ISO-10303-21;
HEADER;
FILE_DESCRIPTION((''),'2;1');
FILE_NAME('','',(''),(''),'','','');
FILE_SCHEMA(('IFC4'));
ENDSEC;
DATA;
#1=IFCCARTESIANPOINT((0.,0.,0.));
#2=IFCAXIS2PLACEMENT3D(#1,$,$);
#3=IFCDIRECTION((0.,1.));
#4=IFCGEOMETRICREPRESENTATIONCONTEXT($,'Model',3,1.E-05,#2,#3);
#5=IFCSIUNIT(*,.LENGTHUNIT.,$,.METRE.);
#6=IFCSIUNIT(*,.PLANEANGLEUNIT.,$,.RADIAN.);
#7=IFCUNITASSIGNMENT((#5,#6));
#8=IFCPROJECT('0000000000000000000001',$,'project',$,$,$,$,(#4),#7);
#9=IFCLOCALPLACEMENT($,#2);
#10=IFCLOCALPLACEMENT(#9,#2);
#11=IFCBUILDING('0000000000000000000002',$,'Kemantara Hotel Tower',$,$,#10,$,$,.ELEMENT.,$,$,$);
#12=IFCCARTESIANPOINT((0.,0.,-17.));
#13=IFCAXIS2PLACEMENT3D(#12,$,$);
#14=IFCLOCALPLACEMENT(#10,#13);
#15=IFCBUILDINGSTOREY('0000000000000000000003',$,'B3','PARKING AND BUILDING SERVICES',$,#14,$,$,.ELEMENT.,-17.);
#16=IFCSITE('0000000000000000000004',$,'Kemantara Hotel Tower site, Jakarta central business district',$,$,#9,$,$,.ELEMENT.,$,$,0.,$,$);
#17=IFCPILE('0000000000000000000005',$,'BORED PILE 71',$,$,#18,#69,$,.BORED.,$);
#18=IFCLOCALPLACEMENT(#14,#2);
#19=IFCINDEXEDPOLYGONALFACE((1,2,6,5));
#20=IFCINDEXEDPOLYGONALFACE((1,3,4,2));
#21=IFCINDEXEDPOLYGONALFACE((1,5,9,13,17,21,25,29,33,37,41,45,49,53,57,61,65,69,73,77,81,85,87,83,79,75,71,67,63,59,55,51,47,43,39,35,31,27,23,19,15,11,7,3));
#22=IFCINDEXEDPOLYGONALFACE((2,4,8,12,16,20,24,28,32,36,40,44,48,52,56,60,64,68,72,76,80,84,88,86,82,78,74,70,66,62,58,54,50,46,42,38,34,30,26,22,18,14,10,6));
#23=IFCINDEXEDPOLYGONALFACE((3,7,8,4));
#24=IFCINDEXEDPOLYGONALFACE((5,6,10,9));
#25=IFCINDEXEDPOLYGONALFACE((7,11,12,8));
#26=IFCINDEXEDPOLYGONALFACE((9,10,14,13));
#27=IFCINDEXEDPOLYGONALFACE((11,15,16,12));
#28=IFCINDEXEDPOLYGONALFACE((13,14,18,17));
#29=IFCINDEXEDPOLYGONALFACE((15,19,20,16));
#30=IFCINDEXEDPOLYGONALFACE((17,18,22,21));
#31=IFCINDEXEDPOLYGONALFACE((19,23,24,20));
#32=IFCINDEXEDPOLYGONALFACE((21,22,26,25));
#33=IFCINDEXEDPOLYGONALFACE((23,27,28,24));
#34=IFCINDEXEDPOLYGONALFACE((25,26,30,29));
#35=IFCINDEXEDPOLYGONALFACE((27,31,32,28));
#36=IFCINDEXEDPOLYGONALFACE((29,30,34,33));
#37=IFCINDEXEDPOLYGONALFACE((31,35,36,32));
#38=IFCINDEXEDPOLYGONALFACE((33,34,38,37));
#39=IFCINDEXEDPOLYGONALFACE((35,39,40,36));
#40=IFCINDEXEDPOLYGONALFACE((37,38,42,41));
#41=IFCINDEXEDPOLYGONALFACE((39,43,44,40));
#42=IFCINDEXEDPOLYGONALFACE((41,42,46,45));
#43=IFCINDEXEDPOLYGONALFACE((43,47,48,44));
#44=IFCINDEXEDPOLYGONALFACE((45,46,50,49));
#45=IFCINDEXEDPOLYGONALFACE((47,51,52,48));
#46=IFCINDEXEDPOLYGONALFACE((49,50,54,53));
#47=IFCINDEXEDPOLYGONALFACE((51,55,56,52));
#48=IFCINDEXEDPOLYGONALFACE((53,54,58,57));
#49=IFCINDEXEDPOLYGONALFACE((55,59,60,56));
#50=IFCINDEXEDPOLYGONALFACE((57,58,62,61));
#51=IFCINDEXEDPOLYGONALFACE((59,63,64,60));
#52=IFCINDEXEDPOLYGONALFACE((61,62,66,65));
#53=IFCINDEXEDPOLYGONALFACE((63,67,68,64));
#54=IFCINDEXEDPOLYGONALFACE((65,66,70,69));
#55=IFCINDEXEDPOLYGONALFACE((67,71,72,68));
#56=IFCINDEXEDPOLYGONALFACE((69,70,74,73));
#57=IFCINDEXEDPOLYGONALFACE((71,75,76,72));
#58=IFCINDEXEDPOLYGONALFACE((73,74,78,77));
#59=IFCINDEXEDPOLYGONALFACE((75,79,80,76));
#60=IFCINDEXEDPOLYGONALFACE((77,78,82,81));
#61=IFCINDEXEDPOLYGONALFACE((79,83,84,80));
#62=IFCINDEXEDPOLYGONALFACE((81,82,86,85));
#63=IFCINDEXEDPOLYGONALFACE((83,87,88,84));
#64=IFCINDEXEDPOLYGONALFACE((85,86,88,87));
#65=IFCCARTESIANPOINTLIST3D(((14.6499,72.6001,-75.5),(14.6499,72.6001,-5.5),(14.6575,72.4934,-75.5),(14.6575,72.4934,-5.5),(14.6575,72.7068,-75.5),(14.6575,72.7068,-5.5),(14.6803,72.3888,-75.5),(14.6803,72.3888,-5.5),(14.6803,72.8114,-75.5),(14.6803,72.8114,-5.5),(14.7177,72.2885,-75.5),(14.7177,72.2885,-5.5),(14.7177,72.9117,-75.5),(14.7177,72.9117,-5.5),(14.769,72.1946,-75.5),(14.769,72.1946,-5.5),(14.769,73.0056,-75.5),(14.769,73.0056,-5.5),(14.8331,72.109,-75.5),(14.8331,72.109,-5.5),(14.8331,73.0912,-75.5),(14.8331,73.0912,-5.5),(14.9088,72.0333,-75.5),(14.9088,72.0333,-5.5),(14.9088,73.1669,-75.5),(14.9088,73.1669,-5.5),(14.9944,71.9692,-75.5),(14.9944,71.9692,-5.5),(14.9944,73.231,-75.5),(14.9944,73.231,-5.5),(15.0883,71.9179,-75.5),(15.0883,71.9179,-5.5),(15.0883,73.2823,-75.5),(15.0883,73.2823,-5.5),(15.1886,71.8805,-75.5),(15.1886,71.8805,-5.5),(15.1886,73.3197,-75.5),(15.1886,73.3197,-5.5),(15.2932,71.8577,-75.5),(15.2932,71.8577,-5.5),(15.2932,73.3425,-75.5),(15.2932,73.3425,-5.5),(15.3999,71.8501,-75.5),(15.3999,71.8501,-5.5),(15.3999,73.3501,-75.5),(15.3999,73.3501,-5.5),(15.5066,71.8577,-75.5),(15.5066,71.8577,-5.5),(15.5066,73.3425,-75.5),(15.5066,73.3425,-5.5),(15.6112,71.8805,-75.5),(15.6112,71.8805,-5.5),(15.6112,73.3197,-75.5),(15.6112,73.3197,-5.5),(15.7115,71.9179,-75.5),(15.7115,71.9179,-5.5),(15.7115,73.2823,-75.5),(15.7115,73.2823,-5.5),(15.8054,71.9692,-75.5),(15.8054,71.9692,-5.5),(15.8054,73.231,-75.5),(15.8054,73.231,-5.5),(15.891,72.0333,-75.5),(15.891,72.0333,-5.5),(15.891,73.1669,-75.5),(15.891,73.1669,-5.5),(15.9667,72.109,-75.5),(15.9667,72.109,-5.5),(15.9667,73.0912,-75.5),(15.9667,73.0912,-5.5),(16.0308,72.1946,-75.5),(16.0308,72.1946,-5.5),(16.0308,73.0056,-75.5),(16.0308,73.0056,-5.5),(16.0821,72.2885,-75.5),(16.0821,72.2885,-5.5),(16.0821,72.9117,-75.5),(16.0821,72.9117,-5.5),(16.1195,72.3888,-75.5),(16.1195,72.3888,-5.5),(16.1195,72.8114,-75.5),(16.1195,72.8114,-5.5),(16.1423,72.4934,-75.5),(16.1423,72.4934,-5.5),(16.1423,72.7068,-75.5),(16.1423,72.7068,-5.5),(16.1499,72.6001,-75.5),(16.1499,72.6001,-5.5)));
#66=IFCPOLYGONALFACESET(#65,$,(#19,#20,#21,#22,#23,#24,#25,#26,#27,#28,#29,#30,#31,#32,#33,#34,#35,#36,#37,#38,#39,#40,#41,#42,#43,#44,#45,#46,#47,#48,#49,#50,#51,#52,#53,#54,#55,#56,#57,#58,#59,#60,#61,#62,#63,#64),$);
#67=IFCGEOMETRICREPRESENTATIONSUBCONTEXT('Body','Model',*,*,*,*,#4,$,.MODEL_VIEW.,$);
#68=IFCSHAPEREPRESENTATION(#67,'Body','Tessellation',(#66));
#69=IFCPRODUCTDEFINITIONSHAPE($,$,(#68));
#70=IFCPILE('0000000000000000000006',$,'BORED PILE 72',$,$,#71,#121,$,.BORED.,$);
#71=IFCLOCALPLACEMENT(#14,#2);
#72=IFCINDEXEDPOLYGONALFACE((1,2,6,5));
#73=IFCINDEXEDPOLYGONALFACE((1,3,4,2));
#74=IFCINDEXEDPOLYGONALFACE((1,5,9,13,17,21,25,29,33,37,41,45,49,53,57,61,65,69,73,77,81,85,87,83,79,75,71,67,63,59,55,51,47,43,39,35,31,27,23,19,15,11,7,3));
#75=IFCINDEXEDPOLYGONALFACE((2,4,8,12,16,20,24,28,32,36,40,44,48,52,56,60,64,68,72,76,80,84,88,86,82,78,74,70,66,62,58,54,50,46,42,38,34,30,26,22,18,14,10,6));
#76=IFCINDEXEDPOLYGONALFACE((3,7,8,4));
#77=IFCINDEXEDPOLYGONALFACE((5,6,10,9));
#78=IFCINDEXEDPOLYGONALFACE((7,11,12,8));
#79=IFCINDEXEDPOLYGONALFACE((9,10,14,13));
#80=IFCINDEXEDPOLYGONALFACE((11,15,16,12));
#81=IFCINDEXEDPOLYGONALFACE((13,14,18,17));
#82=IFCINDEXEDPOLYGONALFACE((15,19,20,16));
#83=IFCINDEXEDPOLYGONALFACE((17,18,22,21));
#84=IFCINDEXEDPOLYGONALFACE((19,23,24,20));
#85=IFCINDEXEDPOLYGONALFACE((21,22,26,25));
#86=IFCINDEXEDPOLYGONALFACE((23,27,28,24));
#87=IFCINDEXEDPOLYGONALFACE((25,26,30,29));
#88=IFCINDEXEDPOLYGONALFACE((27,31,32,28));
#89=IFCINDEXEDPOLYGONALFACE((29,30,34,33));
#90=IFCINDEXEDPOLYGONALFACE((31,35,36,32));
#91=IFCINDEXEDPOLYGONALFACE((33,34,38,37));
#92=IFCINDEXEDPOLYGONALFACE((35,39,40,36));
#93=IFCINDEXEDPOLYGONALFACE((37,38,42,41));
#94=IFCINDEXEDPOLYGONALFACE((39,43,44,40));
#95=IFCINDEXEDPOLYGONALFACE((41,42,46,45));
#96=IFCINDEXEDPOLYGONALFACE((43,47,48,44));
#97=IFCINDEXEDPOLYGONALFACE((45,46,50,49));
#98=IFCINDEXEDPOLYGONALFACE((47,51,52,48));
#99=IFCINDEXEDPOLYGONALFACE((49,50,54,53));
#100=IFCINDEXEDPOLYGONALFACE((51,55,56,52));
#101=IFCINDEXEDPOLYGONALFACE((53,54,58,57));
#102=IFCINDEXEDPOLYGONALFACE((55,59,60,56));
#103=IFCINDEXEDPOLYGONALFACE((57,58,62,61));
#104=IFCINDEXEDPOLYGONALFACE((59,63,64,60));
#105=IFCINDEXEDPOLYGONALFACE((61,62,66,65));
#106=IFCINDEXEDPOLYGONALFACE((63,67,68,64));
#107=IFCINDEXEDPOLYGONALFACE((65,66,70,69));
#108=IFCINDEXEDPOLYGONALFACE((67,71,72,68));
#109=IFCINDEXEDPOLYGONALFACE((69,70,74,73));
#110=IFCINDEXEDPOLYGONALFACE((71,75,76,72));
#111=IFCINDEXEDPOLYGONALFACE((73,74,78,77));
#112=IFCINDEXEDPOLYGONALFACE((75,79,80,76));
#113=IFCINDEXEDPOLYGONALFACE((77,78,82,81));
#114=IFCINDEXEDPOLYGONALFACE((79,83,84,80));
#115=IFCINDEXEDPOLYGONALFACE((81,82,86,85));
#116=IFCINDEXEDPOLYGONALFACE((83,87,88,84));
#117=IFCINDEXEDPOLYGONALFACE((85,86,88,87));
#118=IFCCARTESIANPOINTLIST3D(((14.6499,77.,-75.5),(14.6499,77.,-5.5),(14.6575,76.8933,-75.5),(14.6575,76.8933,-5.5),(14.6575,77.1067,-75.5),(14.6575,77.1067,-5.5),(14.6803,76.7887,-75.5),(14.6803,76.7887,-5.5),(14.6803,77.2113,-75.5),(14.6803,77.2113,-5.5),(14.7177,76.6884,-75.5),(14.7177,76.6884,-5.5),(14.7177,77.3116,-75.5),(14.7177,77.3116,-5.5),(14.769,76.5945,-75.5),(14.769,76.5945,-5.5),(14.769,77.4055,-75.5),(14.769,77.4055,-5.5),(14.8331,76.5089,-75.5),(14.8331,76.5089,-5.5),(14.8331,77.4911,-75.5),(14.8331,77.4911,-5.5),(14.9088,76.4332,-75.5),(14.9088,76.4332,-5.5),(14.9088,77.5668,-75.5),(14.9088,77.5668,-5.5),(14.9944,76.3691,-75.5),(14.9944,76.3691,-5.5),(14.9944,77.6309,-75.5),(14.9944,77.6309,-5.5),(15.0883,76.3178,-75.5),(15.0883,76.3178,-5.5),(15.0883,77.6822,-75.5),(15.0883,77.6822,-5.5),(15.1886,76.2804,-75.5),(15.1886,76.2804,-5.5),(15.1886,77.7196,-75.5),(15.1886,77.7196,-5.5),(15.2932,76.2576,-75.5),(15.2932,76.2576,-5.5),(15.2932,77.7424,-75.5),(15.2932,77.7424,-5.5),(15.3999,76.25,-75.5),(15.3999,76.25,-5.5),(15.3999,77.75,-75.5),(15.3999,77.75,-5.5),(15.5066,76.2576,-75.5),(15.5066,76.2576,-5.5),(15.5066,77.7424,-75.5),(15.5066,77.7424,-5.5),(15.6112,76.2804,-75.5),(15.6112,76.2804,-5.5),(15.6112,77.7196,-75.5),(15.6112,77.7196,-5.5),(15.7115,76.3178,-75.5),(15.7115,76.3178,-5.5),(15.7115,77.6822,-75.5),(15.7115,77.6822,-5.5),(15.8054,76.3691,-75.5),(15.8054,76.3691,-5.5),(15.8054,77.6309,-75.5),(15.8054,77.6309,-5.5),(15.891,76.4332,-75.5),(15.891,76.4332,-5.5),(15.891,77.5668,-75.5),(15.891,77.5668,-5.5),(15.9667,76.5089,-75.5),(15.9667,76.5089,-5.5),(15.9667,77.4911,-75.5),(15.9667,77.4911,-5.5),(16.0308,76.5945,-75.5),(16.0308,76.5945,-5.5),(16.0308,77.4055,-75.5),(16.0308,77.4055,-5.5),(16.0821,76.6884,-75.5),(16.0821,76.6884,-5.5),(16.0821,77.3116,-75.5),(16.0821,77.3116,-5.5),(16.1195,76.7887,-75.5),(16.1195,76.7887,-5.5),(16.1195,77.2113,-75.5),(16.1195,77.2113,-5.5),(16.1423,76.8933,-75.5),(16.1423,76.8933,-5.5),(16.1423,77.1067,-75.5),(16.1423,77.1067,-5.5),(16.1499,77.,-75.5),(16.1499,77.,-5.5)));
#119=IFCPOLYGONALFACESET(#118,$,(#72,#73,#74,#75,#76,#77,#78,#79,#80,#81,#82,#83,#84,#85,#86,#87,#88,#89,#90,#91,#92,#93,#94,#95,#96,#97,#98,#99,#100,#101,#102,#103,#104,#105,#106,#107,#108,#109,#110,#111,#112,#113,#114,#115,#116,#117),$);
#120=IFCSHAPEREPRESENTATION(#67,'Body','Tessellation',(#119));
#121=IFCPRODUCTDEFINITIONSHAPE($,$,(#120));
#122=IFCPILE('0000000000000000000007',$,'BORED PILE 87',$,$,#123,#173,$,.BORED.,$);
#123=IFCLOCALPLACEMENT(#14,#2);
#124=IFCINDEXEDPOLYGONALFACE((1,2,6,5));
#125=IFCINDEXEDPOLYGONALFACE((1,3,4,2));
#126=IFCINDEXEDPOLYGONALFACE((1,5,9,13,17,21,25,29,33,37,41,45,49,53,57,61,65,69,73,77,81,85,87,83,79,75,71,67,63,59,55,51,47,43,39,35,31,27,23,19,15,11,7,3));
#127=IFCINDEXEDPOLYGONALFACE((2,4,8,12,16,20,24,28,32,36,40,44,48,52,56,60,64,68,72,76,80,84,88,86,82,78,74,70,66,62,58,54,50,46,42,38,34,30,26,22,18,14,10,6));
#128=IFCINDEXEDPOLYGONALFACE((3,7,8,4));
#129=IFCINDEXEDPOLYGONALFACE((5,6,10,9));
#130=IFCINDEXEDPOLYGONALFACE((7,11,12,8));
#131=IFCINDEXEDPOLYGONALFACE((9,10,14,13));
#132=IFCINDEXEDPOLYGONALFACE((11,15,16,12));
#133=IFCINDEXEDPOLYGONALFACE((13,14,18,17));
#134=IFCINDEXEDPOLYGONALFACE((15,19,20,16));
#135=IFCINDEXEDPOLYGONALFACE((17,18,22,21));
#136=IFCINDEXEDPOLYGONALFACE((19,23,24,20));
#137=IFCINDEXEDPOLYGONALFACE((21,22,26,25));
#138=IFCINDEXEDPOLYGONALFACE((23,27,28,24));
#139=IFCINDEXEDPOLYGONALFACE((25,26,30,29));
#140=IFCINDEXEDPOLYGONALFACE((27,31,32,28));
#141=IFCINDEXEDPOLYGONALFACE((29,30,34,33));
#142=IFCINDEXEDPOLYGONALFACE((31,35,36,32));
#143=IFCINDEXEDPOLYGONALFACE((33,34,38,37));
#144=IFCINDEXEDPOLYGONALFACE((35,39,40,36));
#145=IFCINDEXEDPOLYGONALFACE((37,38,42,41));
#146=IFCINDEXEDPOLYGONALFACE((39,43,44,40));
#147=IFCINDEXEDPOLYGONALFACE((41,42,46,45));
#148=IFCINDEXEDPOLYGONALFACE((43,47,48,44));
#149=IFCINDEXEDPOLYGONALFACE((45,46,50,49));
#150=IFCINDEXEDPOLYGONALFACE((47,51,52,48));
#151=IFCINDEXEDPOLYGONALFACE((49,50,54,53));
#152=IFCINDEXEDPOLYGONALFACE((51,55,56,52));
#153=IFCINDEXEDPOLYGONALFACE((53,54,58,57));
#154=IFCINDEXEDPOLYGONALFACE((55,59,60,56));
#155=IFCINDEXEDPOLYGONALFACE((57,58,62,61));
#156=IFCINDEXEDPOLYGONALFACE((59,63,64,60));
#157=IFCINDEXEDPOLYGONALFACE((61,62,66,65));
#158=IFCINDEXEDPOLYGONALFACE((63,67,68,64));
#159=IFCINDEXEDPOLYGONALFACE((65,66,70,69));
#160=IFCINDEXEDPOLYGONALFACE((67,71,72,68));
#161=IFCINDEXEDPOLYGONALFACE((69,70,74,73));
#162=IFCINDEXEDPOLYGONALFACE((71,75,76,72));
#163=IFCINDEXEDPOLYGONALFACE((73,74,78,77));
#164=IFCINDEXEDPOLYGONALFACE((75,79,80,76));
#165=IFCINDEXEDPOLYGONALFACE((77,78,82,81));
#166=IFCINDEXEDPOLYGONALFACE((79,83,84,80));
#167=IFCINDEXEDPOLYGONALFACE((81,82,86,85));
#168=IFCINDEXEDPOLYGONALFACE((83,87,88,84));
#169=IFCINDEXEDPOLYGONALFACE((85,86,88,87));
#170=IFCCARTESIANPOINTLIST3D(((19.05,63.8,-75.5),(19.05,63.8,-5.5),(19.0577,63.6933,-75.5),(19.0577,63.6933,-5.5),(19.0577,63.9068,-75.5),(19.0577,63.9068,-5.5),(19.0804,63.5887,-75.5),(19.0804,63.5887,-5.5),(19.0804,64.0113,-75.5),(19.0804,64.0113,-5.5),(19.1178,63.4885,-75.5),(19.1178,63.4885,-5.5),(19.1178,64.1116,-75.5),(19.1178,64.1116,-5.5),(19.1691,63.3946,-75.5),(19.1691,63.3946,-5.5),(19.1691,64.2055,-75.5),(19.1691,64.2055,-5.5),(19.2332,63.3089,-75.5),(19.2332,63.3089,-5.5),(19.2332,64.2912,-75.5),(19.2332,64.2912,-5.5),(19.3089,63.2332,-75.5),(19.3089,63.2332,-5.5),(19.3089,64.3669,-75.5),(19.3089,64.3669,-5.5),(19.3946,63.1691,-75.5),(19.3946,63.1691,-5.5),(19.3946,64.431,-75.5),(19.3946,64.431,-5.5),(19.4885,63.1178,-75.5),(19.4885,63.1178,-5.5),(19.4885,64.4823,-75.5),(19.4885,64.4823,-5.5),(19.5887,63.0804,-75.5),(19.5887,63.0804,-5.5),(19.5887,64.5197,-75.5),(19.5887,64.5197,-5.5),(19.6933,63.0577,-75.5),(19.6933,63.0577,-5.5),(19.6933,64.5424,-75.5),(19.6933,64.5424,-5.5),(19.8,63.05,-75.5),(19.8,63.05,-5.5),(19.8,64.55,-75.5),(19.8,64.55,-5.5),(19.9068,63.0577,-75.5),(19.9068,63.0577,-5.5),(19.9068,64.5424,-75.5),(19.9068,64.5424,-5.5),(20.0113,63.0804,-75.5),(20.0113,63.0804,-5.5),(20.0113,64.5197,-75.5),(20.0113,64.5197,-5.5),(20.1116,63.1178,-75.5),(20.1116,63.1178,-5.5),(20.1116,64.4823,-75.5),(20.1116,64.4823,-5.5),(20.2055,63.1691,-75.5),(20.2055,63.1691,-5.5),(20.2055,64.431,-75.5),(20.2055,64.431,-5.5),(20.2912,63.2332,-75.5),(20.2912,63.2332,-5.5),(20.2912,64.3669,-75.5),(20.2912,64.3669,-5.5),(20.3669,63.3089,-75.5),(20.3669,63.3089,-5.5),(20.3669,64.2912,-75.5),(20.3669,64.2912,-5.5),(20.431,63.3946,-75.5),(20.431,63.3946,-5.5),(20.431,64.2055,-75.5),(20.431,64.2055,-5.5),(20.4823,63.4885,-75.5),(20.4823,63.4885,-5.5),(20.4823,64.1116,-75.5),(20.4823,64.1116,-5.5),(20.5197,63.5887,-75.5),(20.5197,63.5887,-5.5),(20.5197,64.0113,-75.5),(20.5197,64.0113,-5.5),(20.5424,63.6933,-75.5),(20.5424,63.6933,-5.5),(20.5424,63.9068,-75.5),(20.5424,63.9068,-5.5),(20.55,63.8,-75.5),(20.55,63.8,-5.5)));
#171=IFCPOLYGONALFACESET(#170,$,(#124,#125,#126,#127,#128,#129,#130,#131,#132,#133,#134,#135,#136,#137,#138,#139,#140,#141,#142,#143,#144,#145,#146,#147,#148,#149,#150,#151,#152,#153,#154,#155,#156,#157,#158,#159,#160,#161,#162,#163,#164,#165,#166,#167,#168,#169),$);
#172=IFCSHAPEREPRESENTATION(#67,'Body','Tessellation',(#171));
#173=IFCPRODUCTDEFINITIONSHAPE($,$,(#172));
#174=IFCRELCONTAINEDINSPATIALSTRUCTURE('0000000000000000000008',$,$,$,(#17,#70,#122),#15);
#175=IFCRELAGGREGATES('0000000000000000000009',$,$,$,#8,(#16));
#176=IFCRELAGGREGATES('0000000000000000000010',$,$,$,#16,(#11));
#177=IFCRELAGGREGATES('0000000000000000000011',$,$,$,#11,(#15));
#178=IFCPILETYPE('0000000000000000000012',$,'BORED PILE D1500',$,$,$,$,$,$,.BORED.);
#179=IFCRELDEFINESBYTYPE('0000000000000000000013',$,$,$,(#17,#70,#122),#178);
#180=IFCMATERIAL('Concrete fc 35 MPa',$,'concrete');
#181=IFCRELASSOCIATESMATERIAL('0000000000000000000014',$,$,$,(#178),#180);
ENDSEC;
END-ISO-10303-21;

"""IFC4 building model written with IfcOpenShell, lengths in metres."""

from ifc_helpers import new_model, si_unit, direction, frame, origin, origin_2d, place, context, subcontext, project, spatial, circle, extrude, material, material_profile, profile_set, type_object, element, save


model = new_model("IFC4")

# Units and contexts
model_context = context("Model", 3, precision=1e-05, world=origin(), true_north=direction((0.0, 1.0)))
body_context = subcontext(model_context, "Body", "Model", "MODEL_VIEW")
ifc_project = project(units=[si_unit("LENGTHUNIT", "METRE"), si_unit("PLANEANGLEUNIT", "RADIAN")], contexts=[model_context])

# Site, building, storey
site_placement = place(None, origin())
site = spatial("IfcSite", under=ifc_project, at=site_placement, Name="Kemantara Hotel Tower site, Jakarta central business district", CompositionType="ELEMENT", RefElevation=0.0)
building_placement = place(site_placement, origin())
building = spatial("IfcBuilding", under=site, at=building_placement, Name="Kemantara Hotel Tower", CompositionType="ELEMENT")
storey_placement = place(building_placement, frame((0.0, 0.0, -17.0)))
storey = spatial("IfcBuildingStorey", under=building, at=storey_placement, Name="B3", Description="PARKING AND BUILDING SERVICES", CompositionType="ELEMENT", Elevation=-17.0)

# Piles
ifc_material_1 = material(Name="Concrete fc 35 MPa", Category="concrete")
ifc_material_profile_1 = material_profile(ifc_material_1, circle(Radius=0.75, at=origin_2d()), Name="BORED PILE D1500")
ifc_profile_set_1 = profile_set([ifc_material_profile_1], Name="Concrete fc 35 MPa")
pile_type = type_object("IfcPileType", Name="BORED PILE D1500", PredefinedType="BORED", material=ifc_profile_set_1)
for number, where, z_axis, x_axis, name in (
    (1, (15.3999, 72.6001, -5.5), (0.0, 0.0, -1.0), (1.0, 0.0, 0.0), "BORED PILE 71"),
    (2, (15.3999, 77.0, -5.5), (0.0, 0.0, -1.0), (1.0, 0.0, 0.0), "BORED PILE 72"),
    (3, (19.8, 63.8, -5.5), (0.0, 0.0, -1.0), (1.0, 0.0, 0.0), "BORED PILE 87"),
):
    element("IfcPile", number, at=place(storey_placement, frame(where, z_axis=z_axis, x_axis=x_axis)), inside=storey, type_object=pile_type, Name=name, PredefinedType="BORED", context=body_context, shape_type="SweptSolid", body=[
        extrude(circle(Radius=0.75, at=origin_2d()), origin(), (0.0, 0.0, 1.0), 70.0),
    ])

save(model, "model.ifc")
